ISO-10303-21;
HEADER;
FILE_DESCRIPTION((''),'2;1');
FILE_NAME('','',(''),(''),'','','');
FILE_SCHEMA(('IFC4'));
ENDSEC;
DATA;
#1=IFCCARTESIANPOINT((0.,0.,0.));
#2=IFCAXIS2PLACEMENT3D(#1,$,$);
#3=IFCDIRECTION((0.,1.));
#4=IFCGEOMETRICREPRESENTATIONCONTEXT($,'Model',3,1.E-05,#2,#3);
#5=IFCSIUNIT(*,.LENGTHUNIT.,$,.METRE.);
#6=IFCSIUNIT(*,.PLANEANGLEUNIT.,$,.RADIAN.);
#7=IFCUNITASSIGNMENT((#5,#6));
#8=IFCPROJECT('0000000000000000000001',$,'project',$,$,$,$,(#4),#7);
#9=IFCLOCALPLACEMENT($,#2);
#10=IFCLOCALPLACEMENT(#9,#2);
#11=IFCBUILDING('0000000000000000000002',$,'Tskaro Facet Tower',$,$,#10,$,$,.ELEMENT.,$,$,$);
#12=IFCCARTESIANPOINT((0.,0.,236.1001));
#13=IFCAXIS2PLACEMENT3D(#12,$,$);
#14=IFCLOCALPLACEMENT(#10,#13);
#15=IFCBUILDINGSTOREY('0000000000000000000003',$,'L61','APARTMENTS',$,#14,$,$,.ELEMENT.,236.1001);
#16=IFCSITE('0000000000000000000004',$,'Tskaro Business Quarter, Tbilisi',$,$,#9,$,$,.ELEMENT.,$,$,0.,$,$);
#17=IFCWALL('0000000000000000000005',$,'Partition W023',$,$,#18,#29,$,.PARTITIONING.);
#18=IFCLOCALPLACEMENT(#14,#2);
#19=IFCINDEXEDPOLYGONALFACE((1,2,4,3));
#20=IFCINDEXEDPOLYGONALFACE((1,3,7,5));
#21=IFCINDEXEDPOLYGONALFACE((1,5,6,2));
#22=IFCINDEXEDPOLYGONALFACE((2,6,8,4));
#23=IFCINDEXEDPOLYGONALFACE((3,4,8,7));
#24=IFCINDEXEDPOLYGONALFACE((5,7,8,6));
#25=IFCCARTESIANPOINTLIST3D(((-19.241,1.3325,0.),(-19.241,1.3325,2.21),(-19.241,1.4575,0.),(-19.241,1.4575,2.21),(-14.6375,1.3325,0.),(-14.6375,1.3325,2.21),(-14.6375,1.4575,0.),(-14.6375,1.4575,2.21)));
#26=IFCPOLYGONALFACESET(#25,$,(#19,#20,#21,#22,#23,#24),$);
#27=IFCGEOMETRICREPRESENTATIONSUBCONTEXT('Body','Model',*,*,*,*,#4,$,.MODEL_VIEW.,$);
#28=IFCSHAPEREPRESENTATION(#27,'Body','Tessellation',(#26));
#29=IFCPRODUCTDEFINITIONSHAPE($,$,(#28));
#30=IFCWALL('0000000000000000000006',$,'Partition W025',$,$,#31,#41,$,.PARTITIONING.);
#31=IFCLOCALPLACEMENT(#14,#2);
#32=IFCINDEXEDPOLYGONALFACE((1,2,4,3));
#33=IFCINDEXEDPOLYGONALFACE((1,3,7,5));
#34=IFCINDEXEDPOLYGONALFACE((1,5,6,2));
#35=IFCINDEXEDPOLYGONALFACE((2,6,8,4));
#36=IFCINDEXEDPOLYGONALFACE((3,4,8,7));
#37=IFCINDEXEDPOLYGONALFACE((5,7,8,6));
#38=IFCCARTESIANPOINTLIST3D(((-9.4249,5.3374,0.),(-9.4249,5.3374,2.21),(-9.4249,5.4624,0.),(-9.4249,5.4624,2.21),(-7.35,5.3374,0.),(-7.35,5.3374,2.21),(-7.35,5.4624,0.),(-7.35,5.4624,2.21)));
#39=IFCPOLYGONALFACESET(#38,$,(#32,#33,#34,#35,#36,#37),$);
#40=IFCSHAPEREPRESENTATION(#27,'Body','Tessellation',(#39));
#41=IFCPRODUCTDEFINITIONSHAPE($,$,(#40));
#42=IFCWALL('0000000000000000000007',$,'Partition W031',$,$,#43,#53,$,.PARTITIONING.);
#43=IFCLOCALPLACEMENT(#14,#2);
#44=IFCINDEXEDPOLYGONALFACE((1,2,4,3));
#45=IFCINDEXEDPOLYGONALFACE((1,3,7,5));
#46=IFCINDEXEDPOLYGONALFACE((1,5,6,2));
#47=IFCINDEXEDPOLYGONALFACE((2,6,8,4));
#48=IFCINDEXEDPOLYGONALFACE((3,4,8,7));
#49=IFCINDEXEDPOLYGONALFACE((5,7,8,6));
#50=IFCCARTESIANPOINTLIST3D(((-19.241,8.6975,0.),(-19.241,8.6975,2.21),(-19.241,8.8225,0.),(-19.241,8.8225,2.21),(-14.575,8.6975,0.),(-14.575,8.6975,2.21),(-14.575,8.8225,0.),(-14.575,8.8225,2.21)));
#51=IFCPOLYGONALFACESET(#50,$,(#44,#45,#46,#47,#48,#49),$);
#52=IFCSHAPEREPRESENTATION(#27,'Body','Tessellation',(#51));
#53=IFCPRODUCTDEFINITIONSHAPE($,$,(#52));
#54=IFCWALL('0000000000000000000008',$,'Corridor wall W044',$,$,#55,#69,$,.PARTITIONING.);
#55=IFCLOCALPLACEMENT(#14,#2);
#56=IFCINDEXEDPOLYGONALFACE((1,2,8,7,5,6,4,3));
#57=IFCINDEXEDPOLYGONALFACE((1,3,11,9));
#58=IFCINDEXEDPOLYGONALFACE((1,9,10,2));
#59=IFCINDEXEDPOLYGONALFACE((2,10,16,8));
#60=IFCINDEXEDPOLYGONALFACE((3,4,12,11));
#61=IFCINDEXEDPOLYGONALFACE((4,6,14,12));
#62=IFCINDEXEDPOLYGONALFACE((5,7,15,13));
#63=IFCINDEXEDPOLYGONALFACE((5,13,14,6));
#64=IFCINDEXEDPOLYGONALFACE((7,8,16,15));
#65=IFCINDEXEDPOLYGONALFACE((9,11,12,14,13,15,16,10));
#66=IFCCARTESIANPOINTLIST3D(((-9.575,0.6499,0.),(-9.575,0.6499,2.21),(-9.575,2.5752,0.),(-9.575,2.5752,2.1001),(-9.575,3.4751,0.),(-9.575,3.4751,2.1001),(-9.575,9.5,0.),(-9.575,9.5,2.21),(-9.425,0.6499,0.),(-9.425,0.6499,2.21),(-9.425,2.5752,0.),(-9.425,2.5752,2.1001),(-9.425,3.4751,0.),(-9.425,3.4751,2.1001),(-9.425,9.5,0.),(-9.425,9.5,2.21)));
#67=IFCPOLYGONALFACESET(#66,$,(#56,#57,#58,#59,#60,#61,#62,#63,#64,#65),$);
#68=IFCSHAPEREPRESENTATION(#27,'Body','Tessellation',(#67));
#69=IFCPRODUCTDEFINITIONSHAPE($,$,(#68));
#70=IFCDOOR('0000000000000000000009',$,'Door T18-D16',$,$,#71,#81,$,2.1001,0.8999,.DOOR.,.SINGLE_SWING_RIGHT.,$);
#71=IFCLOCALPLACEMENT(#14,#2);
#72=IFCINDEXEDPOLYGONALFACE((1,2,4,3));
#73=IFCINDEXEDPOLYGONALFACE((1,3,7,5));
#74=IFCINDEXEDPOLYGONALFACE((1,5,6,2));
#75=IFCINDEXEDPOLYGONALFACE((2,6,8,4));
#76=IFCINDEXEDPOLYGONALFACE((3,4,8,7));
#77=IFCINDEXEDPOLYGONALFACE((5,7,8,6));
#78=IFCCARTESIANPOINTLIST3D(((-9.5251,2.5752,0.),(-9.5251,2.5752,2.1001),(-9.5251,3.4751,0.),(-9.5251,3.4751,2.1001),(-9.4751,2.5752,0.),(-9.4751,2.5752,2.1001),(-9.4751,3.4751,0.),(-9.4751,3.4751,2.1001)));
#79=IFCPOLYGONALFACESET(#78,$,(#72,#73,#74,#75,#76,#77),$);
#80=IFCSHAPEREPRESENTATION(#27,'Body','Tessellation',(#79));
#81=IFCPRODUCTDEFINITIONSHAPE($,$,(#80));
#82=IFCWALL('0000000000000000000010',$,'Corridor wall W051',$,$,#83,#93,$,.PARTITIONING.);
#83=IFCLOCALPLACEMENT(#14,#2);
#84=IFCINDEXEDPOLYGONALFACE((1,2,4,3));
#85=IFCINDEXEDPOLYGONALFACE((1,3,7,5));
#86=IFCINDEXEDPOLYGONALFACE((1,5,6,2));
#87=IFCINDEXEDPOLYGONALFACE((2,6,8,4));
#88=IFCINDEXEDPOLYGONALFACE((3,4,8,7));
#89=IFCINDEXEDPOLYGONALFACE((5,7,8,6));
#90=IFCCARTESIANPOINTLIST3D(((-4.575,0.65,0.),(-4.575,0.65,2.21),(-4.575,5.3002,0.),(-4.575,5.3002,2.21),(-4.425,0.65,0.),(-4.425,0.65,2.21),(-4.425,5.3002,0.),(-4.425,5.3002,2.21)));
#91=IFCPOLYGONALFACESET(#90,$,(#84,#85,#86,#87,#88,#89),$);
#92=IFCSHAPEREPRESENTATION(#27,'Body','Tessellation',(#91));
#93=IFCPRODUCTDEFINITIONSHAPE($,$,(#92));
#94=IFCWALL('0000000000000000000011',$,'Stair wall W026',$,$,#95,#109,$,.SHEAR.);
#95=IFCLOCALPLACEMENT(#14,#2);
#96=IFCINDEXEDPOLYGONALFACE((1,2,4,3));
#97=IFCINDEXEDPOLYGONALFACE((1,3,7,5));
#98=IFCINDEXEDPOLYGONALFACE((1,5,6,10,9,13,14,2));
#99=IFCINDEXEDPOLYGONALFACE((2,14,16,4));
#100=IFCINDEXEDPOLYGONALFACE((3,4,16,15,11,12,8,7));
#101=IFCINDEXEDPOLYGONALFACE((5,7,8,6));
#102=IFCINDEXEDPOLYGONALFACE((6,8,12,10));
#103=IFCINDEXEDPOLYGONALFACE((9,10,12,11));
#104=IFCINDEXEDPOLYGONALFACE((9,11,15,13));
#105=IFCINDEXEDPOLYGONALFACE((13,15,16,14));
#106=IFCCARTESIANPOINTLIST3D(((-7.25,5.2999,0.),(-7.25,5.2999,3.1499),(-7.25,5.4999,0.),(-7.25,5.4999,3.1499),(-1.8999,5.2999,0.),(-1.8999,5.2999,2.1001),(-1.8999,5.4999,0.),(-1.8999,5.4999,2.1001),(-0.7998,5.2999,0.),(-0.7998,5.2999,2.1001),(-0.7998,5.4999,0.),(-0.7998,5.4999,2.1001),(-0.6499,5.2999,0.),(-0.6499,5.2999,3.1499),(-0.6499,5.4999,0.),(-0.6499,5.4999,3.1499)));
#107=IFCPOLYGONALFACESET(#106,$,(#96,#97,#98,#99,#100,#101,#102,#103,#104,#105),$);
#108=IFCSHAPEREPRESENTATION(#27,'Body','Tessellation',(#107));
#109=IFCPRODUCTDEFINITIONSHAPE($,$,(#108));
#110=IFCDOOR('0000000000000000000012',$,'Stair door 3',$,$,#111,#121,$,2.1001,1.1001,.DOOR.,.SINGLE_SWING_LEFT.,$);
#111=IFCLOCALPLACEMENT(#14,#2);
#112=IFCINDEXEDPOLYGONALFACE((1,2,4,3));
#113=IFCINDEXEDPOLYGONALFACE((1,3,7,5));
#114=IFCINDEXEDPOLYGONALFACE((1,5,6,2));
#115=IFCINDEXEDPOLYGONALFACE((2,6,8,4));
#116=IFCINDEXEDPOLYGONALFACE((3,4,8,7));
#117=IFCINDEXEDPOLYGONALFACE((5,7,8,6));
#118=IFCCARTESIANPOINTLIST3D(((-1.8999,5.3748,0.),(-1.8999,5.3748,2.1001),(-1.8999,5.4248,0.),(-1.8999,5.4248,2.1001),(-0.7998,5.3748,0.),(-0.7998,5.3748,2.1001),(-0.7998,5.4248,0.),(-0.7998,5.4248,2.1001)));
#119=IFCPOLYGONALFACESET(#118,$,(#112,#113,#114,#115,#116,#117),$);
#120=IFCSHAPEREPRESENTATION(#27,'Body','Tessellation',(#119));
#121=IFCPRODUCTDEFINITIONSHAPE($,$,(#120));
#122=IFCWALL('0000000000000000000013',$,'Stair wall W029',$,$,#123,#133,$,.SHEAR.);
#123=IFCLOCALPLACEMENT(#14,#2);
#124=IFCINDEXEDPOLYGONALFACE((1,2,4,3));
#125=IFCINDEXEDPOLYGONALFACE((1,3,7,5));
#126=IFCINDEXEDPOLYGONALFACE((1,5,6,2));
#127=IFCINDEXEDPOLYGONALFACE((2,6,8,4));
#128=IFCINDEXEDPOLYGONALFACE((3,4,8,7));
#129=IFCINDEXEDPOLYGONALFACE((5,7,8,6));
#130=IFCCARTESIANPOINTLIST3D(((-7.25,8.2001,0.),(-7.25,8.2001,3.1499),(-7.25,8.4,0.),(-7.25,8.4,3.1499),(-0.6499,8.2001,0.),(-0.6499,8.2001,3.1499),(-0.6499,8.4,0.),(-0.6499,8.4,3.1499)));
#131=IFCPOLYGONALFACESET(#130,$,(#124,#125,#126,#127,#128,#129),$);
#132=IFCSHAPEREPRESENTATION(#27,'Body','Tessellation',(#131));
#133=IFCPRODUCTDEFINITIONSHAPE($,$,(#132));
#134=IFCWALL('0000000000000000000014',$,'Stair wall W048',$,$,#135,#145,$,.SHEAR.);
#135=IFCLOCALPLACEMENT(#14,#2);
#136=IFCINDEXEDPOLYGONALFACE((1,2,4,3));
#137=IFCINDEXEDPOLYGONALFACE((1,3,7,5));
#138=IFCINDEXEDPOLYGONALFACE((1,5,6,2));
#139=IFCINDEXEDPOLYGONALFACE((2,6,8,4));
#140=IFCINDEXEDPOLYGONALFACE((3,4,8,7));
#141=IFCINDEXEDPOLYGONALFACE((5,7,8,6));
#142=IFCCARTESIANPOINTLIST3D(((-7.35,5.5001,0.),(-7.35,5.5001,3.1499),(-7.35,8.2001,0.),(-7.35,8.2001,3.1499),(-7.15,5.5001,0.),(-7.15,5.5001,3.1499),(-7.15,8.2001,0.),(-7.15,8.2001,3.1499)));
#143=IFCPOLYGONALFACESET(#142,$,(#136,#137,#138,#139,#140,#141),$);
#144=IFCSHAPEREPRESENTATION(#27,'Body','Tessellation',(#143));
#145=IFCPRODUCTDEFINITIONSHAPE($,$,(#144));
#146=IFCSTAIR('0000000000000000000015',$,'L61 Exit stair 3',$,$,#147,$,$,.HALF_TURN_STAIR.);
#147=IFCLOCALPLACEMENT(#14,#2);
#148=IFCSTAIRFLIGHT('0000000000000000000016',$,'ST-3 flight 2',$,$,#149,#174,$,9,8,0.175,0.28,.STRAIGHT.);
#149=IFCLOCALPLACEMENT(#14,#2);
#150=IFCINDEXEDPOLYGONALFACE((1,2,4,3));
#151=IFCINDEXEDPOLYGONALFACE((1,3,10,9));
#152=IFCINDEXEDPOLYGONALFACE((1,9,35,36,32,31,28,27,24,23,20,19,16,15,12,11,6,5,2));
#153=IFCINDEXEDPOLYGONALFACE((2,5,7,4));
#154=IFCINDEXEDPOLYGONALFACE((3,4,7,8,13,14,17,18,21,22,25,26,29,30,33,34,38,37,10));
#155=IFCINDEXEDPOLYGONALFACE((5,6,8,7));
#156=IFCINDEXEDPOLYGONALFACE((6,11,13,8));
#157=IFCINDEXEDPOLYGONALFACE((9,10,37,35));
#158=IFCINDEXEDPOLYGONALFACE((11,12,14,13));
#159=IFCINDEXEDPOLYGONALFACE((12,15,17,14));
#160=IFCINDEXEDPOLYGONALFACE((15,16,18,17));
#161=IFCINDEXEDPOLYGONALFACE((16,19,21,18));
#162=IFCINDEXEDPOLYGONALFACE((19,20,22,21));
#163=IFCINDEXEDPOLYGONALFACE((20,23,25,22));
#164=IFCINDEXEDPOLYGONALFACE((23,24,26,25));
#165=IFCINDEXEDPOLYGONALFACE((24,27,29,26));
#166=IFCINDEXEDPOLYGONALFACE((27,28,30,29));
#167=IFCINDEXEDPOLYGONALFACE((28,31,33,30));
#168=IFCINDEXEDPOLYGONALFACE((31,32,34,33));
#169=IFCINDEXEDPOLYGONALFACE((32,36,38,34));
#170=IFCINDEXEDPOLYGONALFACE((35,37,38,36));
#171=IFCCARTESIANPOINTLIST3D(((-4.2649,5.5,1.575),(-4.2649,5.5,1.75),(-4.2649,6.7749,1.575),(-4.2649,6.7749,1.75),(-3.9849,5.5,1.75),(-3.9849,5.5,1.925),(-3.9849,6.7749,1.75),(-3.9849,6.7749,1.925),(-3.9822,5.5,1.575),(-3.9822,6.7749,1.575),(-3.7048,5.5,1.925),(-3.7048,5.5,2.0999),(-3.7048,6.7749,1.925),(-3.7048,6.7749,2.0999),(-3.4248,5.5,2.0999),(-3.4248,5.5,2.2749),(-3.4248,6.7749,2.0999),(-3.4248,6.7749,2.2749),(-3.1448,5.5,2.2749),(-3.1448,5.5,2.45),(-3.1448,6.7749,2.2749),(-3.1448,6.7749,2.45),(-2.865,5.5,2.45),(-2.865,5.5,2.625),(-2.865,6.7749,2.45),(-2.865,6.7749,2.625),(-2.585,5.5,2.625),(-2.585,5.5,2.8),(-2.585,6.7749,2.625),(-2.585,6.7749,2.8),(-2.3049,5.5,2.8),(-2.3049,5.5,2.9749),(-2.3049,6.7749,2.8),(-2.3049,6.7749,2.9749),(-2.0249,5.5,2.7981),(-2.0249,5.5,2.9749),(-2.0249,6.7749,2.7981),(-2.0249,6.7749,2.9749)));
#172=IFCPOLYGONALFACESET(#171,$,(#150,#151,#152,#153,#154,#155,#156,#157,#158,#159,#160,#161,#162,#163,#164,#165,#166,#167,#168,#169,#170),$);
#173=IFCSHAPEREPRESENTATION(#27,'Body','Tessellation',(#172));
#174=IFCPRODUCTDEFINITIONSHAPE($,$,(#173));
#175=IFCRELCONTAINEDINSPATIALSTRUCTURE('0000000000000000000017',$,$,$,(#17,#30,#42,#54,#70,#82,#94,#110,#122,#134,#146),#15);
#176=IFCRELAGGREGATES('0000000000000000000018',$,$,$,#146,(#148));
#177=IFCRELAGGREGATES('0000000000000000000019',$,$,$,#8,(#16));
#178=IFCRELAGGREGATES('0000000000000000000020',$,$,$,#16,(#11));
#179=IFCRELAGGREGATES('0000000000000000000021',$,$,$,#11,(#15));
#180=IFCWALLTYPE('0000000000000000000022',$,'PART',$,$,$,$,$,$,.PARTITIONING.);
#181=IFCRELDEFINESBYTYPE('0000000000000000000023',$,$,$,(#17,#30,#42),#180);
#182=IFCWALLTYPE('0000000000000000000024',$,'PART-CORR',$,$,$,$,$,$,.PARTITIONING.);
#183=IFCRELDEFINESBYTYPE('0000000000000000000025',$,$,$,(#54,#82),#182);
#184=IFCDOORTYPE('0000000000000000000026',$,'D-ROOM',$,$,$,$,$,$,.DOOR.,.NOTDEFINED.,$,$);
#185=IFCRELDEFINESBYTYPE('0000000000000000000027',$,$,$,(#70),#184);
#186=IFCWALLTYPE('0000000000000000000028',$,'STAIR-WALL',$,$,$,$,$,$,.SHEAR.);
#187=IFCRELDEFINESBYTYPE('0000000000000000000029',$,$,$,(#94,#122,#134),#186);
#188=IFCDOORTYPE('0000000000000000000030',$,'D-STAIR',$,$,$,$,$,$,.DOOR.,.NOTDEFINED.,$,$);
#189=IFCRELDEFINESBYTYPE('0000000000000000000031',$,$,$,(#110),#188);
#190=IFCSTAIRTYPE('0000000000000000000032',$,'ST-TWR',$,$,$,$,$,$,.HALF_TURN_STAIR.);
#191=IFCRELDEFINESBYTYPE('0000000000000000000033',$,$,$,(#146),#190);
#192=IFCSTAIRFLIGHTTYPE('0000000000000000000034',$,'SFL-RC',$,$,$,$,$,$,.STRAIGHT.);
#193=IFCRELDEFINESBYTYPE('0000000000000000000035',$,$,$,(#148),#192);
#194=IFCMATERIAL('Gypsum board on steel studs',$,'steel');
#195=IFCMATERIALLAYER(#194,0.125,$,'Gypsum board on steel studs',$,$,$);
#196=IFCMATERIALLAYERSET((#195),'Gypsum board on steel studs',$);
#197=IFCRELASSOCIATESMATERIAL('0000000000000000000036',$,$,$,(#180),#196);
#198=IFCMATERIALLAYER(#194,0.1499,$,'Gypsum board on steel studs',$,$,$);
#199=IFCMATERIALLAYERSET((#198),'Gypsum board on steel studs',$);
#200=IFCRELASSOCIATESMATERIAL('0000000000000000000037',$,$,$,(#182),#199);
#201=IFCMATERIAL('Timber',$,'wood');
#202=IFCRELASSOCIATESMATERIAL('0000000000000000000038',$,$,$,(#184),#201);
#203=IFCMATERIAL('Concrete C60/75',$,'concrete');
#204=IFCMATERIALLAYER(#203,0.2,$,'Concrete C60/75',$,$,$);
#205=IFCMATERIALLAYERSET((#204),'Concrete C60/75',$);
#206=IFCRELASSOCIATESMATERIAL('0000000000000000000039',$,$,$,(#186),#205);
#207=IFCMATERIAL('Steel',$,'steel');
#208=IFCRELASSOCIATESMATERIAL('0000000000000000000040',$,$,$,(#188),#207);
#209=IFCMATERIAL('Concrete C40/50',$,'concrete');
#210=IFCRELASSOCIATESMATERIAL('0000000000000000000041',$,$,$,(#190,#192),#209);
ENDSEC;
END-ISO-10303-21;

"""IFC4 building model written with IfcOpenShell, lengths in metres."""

from ifc_helpers import new_model, si_unit, direction, frame, frame_2d, origin, place, context, subcontext, project, spatial, polyline, rectangle, outline, extrude, material, layer, layer_set, type_object, element, fill, aggregate, save


model = new_model("IFC4")

# Units and contexts
model_context = context("Model", 3, precision=1e-05, world=origin(), true_north=direction((0.0, 1.0)))
body_context = subcontext(model_context, "Body", "Model", "MODEL_VIEW")
ifc_project = project(units=[si_unit("LENGTHUNIT", "METRE"), si_unit("PLANEANGLEUNIT", "RADIAN")], contexts=[model_context])

# Site, building, storey
site_placement = place(None, origin())
site = spatial("IfcSite", under=ifc_project, at=site_placement, Name="Tskaro Business Quarter, Tbilisi", CompositionType="ELEMENT", RefElevation=0.0)
building_placement = place(site_placement, origin())
building = spatial("IfcBuilding", under=site, at=building_placement, Name="Tskaro Facet Tower", CompositionType="ELEMENT")
storey_placement = place(building_placement, frame((0.0, 0.0, 236.1001)))
storey = spatial("IfcBuildingStorey", under=building, at=storey_placement, Name="L61", Description="APARTMENTS", CompositionType="ELEMENT", Elevation=236.1001)

# Shared definitions
ifc_material_1 = material(Name="Concrete C40/50", Category="concrete")
ifc_material_2 = material(Name="Steel", Category="steel")

# Walls
ifc_material_3 = material(Name="Gypsum board on steel studs", Category="steel")
ifc_layer_1 = layer(ifc_material_3, 0.125, Name="Gypsum board on steel studs")
ifc_layer_set_1 = layer_set([ifc_layer_1], Name="Gypsum board on steel studs")
wall_type_1 = type_object("IfcWallType", Name="PART", PredefinedType="PARTITIONING", material=ifc_layer_set_1)
wall_1_placement = place(storey_placement, frame((-19.241, 1.395, 0.0), z_axis=(0.0, 0.0, 1.0), x_axis=(1.0, 0.0, 0.0)))
element("IfcWall", 1, at=wall_1_placement, inside=storey, type_object=wall_type_1, Name="Partition W023", PredefinedType="PARTITIONING", context=body_context, shape_type="SweptSolid", body=[
    extrude(rectangle(XDim=4.6035, YDim=0.125, at=frame_2d((2.3018, 0.0))), origin(), (0.0, 0.0, 1.0), 2.21),
])
wall_2_placement = place(storey_placement, frame((-9.425, 5.3999, 0.0), z_axis=(0.0, 0.0, 1.0), x_axis=(1.0, 0.0, 0.0)))
element("IfcWall", 2, at=wall_2_placement, inside=storey, type_object=wall_type_1, Name="Partition W025", PredefinedType="PARTITIONING", context=body_context, shape_type="SweptSolid", body=[
    extrude(rectangle(XDim=2.075, YDim=0.125, at=frame_2d((1.0376, 0.0))), origin(), (0.0, 0.0, 1.0), 2.21),
])
wall_3_placement = place(storey_placement, frame((-19.241, 8.76, 0.0), z_axis=(0.0, 0.0, 1.0), x_axis=(1.0, 0.0, 0.0)))
element("IfcWall", 3, at=wall_3_placement, inside=storey, type_object=wall_type_1, Name="Partition W031", PredefinedType="PARTITIONING", context=body_context, shape_type="SweptSolid", body=[
    extrude(rectangle(XDim=4.666, YDim=0.125, at=frame_2d((2.333, 0.0))), origin(), (0.0, 0.0, 1.0), 2.21),
])

# Wall, opening, door
ifc_layer_2 = layer(ifc_material_3, 0.1499, Name="Gypsum board on steel studs")
ifc_layer_set_2 = layer_set([ifc_layer_2], Name="Gypsum board on steel studs")
wall_type_2 = type_object("IfcWallType", Name="PART-CORR", PredefinedType="PARTITIONING", material=ifc_layer_set_2)
wall_4_placement = place(storey_placement, frame((-9.5, 9.5, 0.0), z_axis=(0.0, 0.0, 1.0), x_axis=(0.0, -1.0, 0.0)))
wall_4 = element("IfcWall", 4, at=wall_4_placement, inside=storey, type_object=wall_type_2, Name="Corridor wall W044", PredefinedType="PARTITIONING", context=body_context, shape_type="SweptSolid", body=[
    extrude(rectangle(XDim=8.8501, YDim=0.1499, at=frame_2d((4.425, 0.0))), origin(), (0.0, 0.0, 1.0), 2.21),
])
opening_1_placement = place(wall_4_placement, frame((6.0249, 0.0, 0.0)))
opening_1 = element("IfcOpeningElement", 5, at=opening_1_placement, cuts=wall_4, PredefinedType="OPENING", context=body_context, shape_type="SweptSolid", body=[
    extrude(rectangle(XDim=0.8999, YDim=2.1001, at=frame_2d((0.45, 1.05))), frame((0.0, 0.085, 0.0), z_axis=(0.0, -1.0, 0.0), x_axis=(1.0, 0.0, 0.0)), (0.0, 0.0, 1.0), 0.1699),
])
ifc_material_4 = material(Name="Timber", Category="wood")
door_type_1 = type_object("IfcDoorType", Name="D-ROOM", OperationType="NOTDEFINED", PredefinedType="DOOR", material=ifc_material_4)
door_1_placement = place(opening_1_placement, origin())
door_1 = element("IfcDoor", 6, at=door_1_placement, inside=storey, type_object=door_type_1, Name="Door T18-D16", OperationType="SINGLE_SWING_RIGHT", OverallHeight=2.1001, OverallWidth=0.8999, PredefinedType="DOOR", context=body_context, shape_type="SweptSolid", body=[
    extrude(rectangle(XDim=0.8999, YDim=2.1001, at=frame_2d((0.45, 1.05))), frame((0.0, 0.0249, 0.0), z_axis=(0.0, -1.0, 0.0), x_axis=(1.0, 0.0, 0.0)), (0.0, 0.0, 1.0), 0.05),
])
fill(opening_1, door_1)

# Wall
wall_5_placement = place(storey_placement, frame((-4.5, 0.6499, 0.0), z_axis=(0.0, 0.0, 1.0), x_axis=(0.0, 1.0, 0.0)))
element("IfcWall", 7, at=wall_5_placement, inside=storey, type_object=wall_type_2, Name="Corridor wall W051", PredefinedType="PARTITIONING", context=body_context, shape_type="SweptSolid", body=[
    extrude(rectangle(XDim=4.6501, YDim=0.1499, at=frame_2d((2.3252, 0.0))), origin(), (0.0, 0.0, 1.0), 2.21),
])

# Wall, opening, door
ifc_material_5 = material(Name="Concrete C60/75", Category="concrete")
ifc_layer_3 = layer(ifc_material_5, 0.2, Name="Concrete C60/75")
ifc_layer_set_3 = layer_set([ifc_layer_3], Name="Concrete C60/75")
wall_type_3 = type_object("IfcWallType", Name="STAIR-WALL", PredefinedType="SHEAR", material=ifc_layer_set_3)
wall_6_placement = place(storey_placement, frame((-7.25, 5.3999, 0.0), z_axis=(0.0, 0.0, 1.0), x_axis=(1.0, 0.0, 0.0)))
wall_6 = element("IfcWall", 8, at=wall_6_placement, inside=storey, type_object=wall_type_3, Name="Stair wall W026", PredefinedType="SHEAR", context=body_context, shape_type="SweptSolid", body=[
    extrude(rectangle(XDim=6.6001, YDim=0.2, at=frame_2d((3.3, 0.0))), origin(), (0.0, 0.0, 1.0), 3.1499),
])
opening_2_placement = place(wall_6_placement, frame((5.3501, 0.0, 0.0)))
opening_2 = element("IfcOpeningElement", 9, at=opening_2_placement, cuts=wall_6, PredefinedType="OPENING", context=body_context, shape_type="SweptSolid", body=[
    extrude(rectangle(XDim=1.1001, YDim=2.1001, at=frame_2d((0.55, 1.05))), frame((0.0, 0.1099, 0.0), z_axis=(0.0, -1.0, 0.0), x_axis=(1.0, 0.0, 0.0)), (0.0, 0.0, 1.0), 0.22),
])
door_type_2 = type_object("IfcDoorType", Name="D-STAIR", OperationType="NOTDEFINED", PredefinedType="DOOR", material=ifc_material_2)
door_2_placement = place(opening_2_placement, origin())
door_2 = element("IfcDoor", 10, at=door_2_placement, inside=storey, type_object=door_type_2, Name="Stair door 3", OperationType="SINGLE_SWING_LEFT", OverallHeight=2.1001, OverallWidth=1.1001, PredefinedType="DOOR", context=body_context, shape_type="SweptSolid", body=[
    extrude(rectangle(XDim=1.1001, YDim=2.1001, at=frame_2d((0.55, 1.05))), frame((0.0, 0.0249, 0.0), z_axis=(0.0, -1.0, 0.0), x_axis=(1.0, 0.0, 0.0)), (0.0, 0.0, 1.0), 0.05),
])
fill(opening_2, door_2)

# Walls
wall_7_placement = place(storey_placement, frame((-7.25, 8.3, 0.0), z_axis=(0.0, 0.0, 1.0), x_axis=(1.0, 0.0, 0.0)))
element("IfcWall", 11, at=wall_7_placement, inside=storey, type_object=wall_type_3, Name="Stair wall W029", PredefinedType="SHEAR", context=body_context, shape_type="SweptSolid", body=[
    extrude(rectangle(XDim=6.6001, YDim=0.2, at=frame_2d((3.3, 0.0))), origin(), (0.0, 0.0, 1.0), 3.1499),
])
wall_8_placement = place(storey_placement, frame((-7.25, 5.5, 0.0), z_axis=(0.0, 0.0, 1.0), x_axis=(0.0, 1.0, 0.0)))
element("IfcWall", 12, at=wall_8_placement, inside=storey, type_object=wall_type_3, Name="Stair wall W048", PredefinedType="SHEAR", context=body_context, shape_type="SweptSolid", body=[
    extrude(rectangle(XDim=2.7, YDim=0.2, at=frame_2d((1.3501, 0.0))), origin(), (0.0, 0.0, 1.0), 3.1499),
])

# Stair, stair flight
stair_type = type_object("IfcStairType", Name="ST-TWR", PredefinedType="HALF_TURN_STAIR", material=ifc_material_1)
stair_placement = place(storey_placement, origin())
stair = element("IfcStair", 13, at=stair_placement, inside=storey, type_object=stair_type, Name="L61 Exit stair 3", PredefinedType="HALF_TURN_STAIR")
stair_flight_type = type_object("IfcStairFlightType", Name="SFL-RC", PredefinedType="STRAIGHT", material=ifc_material_1)
stair_flight_placement = place(storey_placement, frame((-4.2649, 6.1375, 1.575), z_axis=(0.0, 0.0, 1.0), x_axis=(1.0, 0.0, 0.0)))
stair_flight = element("IfcStairFlight", 14, at=stair_flight_placement, type_object=stair_flight_type, Name="ST-3 flight 2", NumberOfRisers=9, NumberOfTreads=8, PredefinedType="STRAIGHT", RiserHeight=0.175, TreadLength=0.28, context=body_context, shape_type="SweptSolid", body=[
    extrude(outline(polyline([(0.0, 0.0), (0.0, 0.175), (0.28, 0.175), (0.28, 0.3501), (0.5601, 0.3501), (0.5601, 0.5249), (0.8401, 0.5249), (0.8401, 0.7), (1.1201, 0.7), (1.1201, 0.875), (1.3999, 0.875), (1.3999, 1.05), (1.6799, 1.05), (1.6799, 1.2251), (1.96, 1.2251), (1.96, 1.3999), (2.24, 1.3999), (2.24, 1.575), (2.24, 1.2231), (0.2827, 0.0), (0.0, 0.0)])), frame((0.0, 0.6375, 0.0), z_axis=(0.0, -1.0, 0.0), x_axis=(1.0, 0.0, 0.0)), (0.0, 0.0, 1.0), 1.2749),
])
aggregate(stair, [stair_flight])

save(model, "model.ifc")
